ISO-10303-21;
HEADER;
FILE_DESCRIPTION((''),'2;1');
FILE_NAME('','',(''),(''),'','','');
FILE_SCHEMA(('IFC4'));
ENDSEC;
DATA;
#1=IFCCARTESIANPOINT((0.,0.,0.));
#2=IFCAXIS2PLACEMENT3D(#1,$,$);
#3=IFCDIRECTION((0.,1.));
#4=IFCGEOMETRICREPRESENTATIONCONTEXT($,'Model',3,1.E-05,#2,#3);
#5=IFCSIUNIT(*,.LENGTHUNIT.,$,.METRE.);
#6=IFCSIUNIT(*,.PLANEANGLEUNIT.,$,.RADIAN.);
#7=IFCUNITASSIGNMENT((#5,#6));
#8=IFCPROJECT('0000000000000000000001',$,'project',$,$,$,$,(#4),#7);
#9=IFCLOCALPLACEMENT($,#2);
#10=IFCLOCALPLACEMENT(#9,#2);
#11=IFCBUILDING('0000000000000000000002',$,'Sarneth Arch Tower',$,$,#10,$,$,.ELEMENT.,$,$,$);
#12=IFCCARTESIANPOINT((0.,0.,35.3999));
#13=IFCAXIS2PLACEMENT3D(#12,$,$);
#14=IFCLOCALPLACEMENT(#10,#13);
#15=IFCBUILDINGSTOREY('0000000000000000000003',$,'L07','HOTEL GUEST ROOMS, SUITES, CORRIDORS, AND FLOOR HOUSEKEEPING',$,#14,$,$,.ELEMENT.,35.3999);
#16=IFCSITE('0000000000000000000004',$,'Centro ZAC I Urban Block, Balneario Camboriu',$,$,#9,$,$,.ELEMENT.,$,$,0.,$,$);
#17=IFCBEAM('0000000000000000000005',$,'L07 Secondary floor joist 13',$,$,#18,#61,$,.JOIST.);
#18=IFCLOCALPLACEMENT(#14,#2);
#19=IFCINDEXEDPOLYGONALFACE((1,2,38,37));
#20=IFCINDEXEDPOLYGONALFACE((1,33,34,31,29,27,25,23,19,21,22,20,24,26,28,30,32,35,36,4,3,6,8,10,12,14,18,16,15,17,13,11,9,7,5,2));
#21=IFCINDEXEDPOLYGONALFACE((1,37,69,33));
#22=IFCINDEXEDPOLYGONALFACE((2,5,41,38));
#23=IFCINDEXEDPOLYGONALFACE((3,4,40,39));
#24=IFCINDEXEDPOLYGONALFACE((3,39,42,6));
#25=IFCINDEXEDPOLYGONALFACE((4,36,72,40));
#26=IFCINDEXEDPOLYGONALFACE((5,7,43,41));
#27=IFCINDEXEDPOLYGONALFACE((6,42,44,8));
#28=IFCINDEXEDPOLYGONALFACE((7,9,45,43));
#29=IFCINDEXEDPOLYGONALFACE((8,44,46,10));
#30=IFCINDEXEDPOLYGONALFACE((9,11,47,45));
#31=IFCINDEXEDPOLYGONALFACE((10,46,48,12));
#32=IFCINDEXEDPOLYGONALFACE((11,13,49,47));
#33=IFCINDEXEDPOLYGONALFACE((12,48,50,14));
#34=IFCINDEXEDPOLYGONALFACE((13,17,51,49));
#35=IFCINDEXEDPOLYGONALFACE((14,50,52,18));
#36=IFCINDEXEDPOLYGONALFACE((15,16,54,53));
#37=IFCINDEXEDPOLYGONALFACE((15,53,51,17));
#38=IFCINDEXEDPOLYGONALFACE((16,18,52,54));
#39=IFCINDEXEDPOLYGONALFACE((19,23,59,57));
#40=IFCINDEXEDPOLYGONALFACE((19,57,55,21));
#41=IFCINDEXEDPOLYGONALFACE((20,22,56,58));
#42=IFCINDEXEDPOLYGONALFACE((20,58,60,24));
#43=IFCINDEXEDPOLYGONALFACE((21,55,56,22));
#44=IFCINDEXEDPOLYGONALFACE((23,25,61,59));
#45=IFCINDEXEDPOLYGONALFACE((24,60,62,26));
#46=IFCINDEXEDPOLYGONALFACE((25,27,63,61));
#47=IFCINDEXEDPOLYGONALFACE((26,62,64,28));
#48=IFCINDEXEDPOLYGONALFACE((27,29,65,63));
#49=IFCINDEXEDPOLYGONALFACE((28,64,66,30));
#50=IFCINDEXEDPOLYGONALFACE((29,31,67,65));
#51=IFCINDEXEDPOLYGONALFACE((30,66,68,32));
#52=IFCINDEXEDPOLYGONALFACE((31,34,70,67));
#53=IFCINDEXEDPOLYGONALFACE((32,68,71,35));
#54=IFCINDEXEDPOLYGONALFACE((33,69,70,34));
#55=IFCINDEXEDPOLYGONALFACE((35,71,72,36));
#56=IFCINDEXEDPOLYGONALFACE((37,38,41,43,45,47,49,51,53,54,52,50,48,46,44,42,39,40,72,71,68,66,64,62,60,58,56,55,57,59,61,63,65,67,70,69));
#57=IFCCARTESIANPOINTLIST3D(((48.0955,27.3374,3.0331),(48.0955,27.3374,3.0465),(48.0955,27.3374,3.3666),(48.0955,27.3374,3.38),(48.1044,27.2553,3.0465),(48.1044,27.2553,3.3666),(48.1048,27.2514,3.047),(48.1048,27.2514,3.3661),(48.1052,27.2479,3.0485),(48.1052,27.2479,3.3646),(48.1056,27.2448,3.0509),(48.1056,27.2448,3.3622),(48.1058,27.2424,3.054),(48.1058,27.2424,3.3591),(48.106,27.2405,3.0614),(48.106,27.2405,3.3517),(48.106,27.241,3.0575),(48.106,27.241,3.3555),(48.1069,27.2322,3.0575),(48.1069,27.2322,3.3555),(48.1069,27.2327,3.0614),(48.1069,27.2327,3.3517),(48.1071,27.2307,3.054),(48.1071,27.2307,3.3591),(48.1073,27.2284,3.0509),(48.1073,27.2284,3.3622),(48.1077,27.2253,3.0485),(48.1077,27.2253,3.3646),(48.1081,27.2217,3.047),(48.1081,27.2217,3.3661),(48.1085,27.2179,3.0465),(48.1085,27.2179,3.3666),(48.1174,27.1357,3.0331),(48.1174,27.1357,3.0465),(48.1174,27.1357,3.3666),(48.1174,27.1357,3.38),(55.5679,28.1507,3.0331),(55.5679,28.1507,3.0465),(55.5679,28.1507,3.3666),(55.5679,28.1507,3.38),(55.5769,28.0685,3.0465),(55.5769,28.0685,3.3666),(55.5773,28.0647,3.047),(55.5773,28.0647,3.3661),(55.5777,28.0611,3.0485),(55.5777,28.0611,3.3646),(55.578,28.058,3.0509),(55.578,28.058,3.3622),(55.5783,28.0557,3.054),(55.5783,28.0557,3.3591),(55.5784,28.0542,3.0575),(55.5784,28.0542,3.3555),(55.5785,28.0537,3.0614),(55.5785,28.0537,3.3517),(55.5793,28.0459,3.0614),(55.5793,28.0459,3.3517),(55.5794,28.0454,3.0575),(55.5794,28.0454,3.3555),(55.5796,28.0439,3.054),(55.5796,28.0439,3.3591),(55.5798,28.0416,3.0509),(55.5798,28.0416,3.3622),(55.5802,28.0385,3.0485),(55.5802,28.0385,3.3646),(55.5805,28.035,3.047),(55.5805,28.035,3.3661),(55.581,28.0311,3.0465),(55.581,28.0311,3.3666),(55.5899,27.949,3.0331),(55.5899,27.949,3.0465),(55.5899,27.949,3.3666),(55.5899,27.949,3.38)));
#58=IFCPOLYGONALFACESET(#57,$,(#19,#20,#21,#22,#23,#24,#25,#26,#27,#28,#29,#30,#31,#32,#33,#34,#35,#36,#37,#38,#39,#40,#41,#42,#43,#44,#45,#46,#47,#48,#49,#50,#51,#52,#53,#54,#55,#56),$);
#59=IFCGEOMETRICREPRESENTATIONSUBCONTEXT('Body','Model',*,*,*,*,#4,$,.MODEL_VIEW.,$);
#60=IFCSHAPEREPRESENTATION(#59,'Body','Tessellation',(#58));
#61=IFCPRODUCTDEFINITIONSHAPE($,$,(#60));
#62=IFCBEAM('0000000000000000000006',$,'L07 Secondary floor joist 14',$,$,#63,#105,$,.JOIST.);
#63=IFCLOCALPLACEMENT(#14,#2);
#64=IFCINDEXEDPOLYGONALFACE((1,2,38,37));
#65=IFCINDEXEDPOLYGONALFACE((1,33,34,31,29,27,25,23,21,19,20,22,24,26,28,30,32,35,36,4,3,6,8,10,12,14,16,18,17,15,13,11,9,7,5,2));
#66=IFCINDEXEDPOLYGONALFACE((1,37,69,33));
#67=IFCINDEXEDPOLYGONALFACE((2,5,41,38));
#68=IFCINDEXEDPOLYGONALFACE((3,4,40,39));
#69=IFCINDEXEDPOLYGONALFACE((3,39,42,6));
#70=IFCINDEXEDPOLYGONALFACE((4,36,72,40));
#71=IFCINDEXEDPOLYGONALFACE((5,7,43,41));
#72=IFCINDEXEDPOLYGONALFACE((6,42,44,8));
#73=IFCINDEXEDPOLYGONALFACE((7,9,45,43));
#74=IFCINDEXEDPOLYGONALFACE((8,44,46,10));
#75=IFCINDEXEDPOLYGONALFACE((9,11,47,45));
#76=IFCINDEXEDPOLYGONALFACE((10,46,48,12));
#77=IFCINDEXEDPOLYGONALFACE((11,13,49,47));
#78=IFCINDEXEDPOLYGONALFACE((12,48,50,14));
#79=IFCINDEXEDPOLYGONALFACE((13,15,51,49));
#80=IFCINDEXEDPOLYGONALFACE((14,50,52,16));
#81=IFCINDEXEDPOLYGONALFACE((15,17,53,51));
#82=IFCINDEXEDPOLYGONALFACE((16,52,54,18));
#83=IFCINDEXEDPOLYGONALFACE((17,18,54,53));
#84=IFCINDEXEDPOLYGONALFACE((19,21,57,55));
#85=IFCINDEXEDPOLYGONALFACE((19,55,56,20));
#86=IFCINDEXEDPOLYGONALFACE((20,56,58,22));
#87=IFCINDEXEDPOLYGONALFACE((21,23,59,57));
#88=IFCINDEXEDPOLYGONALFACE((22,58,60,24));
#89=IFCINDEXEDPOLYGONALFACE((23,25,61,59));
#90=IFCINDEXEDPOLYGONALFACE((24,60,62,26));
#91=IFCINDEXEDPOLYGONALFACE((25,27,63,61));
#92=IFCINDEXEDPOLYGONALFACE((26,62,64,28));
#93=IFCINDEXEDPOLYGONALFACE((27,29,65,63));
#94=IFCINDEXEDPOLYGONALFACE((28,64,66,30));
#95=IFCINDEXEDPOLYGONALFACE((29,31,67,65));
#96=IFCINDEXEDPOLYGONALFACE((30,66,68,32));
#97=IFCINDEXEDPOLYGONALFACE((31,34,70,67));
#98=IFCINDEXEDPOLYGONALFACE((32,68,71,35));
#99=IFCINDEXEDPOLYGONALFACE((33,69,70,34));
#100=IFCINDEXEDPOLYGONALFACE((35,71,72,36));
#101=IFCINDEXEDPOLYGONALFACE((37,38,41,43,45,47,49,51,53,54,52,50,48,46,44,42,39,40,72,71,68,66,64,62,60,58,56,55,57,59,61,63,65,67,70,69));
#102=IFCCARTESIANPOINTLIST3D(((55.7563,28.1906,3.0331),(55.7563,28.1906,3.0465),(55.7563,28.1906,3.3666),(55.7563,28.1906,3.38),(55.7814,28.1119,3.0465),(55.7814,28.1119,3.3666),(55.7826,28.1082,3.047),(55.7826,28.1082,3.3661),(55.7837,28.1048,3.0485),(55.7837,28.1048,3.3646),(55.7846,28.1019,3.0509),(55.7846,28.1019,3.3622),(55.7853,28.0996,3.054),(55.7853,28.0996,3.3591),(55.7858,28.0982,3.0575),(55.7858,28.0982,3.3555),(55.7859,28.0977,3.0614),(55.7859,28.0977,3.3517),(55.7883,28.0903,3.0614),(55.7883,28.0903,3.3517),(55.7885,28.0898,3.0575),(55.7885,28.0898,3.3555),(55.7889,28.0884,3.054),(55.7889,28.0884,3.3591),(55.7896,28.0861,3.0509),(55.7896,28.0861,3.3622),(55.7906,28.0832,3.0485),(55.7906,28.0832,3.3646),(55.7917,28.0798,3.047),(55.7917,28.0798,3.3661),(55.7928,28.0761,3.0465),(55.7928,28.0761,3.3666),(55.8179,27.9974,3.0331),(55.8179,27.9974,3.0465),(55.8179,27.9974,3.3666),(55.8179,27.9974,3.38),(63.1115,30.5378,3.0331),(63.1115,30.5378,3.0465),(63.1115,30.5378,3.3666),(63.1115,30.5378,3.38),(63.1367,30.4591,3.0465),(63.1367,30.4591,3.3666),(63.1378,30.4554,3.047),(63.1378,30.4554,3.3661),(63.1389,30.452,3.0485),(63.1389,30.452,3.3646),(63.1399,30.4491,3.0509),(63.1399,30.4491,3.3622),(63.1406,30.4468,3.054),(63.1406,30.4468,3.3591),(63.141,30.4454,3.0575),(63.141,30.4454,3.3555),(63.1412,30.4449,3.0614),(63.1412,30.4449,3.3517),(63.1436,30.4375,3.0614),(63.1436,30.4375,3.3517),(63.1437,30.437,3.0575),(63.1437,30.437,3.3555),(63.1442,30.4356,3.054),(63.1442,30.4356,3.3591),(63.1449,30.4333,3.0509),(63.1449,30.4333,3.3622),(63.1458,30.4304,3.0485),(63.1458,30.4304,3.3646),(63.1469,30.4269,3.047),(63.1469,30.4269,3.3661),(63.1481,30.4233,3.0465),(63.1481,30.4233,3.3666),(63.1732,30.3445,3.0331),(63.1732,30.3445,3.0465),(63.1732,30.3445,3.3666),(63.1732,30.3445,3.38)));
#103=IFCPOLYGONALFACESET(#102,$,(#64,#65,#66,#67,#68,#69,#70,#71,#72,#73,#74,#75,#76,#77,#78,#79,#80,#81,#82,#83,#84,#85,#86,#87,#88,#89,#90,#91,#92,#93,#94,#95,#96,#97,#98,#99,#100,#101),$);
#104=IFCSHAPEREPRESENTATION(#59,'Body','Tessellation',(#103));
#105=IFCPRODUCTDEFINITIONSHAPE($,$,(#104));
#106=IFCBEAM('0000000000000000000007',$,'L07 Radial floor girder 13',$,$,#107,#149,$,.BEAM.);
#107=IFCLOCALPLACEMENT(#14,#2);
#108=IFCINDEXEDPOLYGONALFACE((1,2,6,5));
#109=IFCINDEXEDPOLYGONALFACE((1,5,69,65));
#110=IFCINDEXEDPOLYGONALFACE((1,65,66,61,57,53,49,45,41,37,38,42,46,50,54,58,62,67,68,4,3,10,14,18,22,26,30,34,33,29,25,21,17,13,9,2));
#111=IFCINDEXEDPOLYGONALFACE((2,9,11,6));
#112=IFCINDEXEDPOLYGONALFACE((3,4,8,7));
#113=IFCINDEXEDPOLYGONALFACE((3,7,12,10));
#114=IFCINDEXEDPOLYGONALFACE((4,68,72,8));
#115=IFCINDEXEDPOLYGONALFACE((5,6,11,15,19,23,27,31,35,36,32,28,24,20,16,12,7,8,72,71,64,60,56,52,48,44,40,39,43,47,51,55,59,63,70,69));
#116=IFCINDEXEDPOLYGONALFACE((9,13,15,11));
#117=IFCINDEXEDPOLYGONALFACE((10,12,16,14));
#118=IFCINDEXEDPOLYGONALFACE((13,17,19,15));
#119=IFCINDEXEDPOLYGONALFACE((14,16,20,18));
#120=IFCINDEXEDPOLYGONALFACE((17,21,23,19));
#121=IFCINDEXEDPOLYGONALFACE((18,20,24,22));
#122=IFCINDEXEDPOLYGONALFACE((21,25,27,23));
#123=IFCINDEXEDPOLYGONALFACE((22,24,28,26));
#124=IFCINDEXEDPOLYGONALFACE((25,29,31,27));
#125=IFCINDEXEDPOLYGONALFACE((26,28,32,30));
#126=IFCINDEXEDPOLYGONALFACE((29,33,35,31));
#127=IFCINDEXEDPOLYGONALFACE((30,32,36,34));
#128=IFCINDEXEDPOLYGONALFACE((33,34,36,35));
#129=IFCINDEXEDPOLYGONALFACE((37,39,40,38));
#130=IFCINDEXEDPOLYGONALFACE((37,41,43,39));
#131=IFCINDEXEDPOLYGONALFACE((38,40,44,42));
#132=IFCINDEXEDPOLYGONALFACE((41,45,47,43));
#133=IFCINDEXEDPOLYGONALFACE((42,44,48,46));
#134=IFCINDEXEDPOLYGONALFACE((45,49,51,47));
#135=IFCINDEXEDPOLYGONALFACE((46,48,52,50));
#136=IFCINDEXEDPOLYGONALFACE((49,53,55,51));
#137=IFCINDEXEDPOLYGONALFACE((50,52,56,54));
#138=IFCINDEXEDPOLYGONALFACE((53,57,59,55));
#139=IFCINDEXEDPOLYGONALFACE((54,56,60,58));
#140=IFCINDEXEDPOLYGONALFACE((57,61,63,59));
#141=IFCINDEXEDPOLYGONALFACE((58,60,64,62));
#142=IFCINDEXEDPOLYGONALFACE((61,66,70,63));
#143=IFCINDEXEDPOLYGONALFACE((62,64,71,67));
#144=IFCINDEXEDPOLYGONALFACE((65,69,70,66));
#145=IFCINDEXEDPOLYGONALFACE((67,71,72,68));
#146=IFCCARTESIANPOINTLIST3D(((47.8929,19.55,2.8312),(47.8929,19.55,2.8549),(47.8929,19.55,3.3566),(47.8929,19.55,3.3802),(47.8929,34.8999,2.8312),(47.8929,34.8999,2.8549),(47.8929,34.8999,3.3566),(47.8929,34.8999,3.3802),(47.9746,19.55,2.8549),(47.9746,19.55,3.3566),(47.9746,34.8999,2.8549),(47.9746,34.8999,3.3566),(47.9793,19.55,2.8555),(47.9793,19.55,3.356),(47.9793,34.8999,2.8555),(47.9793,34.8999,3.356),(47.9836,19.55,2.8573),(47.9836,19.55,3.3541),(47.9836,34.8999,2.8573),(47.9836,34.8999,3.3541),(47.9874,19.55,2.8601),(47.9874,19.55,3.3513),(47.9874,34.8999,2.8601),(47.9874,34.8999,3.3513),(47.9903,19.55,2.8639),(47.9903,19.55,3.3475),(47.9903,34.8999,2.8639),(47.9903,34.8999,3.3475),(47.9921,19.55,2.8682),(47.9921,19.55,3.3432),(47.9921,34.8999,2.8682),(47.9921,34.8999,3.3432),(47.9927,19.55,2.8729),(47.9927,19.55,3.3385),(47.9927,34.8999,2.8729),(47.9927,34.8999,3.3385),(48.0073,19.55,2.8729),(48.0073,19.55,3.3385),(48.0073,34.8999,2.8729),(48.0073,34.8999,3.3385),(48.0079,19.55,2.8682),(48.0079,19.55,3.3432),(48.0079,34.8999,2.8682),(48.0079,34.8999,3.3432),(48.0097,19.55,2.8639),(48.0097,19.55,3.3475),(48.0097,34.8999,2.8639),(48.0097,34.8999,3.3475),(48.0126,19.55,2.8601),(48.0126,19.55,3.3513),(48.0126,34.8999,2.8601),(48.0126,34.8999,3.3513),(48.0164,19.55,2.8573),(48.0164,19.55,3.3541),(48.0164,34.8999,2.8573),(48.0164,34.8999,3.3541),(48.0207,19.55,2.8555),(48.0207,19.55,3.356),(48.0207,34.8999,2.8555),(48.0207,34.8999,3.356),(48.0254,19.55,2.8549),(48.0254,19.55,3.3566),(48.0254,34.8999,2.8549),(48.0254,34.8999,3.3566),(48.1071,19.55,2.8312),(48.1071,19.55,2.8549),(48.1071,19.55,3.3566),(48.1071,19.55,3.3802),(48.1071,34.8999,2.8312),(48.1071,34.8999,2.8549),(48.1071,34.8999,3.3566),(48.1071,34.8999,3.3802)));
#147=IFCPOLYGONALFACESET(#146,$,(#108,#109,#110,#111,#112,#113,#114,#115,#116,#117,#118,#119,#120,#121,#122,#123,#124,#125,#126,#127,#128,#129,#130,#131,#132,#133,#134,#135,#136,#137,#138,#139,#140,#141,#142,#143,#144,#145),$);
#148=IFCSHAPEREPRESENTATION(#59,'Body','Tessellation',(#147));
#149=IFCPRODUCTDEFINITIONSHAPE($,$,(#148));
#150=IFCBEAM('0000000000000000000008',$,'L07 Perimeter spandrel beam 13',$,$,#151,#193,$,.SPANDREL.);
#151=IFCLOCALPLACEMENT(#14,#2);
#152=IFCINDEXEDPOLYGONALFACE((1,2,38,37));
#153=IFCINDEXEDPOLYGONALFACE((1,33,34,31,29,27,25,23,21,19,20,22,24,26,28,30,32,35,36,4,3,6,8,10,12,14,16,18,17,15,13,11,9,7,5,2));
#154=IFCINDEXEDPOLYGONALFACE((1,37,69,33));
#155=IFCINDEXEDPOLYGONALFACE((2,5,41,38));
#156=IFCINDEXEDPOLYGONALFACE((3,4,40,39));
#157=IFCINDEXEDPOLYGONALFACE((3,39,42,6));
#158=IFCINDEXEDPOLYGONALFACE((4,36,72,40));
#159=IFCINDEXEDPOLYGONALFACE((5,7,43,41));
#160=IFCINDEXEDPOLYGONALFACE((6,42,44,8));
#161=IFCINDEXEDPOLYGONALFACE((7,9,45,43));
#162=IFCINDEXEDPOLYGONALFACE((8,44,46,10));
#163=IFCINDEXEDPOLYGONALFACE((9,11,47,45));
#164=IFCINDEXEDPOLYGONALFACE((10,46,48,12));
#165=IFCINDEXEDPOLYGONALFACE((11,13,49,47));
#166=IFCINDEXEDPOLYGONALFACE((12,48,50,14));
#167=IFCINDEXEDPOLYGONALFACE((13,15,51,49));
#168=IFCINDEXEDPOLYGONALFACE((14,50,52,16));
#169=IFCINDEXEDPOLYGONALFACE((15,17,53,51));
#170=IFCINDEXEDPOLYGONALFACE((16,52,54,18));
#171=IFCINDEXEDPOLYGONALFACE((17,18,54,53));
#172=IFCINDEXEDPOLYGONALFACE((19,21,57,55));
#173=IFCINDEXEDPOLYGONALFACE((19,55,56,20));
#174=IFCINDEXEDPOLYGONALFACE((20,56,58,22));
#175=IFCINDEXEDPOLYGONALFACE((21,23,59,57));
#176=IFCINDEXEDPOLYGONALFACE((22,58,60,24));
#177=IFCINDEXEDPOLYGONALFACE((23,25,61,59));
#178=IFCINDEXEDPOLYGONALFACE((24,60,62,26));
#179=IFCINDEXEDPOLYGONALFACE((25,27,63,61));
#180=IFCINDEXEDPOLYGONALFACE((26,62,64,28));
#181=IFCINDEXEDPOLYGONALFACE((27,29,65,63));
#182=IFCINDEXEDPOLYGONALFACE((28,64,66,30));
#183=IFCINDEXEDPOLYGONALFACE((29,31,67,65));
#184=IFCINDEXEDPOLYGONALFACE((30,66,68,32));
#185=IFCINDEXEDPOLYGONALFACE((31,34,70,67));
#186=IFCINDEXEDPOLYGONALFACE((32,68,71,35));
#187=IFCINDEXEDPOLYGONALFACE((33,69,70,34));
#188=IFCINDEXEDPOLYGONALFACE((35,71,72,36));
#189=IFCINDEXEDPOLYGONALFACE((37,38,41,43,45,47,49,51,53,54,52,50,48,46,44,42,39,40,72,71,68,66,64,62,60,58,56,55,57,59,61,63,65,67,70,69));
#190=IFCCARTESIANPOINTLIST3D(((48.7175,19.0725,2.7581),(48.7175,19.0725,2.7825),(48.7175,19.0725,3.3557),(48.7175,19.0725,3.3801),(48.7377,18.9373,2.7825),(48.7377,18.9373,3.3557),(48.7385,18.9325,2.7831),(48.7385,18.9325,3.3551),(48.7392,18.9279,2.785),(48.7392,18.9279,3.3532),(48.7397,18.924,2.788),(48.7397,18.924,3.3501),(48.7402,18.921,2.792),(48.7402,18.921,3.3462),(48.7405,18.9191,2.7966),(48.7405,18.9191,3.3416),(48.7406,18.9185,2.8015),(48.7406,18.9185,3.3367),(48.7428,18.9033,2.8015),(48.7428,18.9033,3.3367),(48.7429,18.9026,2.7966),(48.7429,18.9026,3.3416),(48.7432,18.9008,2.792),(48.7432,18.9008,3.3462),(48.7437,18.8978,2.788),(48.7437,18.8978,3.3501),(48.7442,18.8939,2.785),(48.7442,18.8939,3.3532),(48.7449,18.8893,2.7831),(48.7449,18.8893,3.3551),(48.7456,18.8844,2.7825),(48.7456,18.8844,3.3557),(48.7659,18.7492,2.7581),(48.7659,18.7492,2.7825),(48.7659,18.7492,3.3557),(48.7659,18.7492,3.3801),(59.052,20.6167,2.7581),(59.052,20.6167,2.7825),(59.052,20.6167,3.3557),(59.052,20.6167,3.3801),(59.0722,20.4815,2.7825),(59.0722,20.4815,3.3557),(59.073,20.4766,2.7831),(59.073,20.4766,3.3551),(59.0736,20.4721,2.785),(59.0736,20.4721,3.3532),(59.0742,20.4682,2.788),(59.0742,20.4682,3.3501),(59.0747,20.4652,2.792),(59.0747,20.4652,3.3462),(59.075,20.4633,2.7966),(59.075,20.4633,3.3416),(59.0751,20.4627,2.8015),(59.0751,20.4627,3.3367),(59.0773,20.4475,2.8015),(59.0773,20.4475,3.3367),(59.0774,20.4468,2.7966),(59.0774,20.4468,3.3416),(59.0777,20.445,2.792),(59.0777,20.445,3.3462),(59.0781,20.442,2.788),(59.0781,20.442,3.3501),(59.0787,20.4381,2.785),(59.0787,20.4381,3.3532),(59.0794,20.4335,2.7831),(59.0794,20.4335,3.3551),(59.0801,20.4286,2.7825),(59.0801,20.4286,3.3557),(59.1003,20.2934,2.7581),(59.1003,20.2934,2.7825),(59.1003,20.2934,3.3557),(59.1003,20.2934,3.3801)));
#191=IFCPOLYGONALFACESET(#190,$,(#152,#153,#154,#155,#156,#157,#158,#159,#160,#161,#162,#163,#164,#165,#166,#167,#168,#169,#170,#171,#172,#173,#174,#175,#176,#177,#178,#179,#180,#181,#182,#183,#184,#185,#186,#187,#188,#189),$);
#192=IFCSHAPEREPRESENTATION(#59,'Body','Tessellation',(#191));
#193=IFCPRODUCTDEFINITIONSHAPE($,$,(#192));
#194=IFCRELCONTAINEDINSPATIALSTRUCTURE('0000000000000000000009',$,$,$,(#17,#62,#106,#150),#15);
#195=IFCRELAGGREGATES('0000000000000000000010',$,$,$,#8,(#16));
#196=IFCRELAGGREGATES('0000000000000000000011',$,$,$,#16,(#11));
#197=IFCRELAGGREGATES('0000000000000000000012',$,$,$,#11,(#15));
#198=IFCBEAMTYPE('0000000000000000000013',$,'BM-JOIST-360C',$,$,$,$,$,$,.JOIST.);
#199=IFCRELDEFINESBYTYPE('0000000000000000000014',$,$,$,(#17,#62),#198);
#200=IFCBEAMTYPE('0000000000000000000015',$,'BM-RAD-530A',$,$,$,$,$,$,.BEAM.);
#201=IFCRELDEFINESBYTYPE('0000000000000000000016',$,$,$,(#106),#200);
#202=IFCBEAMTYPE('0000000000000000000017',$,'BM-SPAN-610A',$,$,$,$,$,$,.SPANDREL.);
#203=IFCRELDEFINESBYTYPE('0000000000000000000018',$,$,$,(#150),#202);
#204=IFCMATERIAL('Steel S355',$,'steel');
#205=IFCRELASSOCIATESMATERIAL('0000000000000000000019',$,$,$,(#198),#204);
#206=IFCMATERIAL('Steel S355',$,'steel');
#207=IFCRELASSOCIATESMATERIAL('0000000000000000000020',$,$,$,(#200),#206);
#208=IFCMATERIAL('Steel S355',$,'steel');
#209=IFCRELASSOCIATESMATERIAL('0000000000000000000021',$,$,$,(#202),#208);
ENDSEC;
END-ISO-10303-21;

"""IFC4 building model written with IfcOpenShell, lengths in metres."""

from ifc_helpers import new_model, si_unit, direction, frame, origin, origin_2d, place, context, subcontext, project, spatial, i_section, extrude, material, material_profile, profile_set, type_object, element, save


model = new_model("IFC4")

# Units and contexts
model_context = context("Model", 3, precision=1e-05, world=origin(), true_north=direction((0.0, 1.0)))
body_context = subcontext(model_context, "Body", "Model", "MODEL_VIEW")
ifc_project = project(units=[si_unit("LENGTHUNIT", "METRE"), si_unit("PLANEANGLEUNIT", "RADIAN")], contexts=[model_context])

# Site, building, storey
site_placement = place(None, origin())
site = spatial("IfcSite", under=ifc_project, at=site_placement, Name="Centro ZAC I Urban Block, Balneario Camboriu", CompositionType="ELEMENT", RefElevation=0.0)
building_placement = place(site_placement, origin())
building = spatial("IfcBuilding", under=site, at=building_placement, Name="Sarneth Arch Tower", CompositionType="ELEMENT")
storey_placement = place(building_placement, frame((0.0, 0.0, 35.3999)))
storey = spatial("IfcBuildingStorey", under=building, at=storey_placement, Name="L07", Description="HOTEL GUEST ROOMS, SUITES, CORRIDORS, AND FLOOR HOUSEKEEPING", CompositionType="ELEMENT", Elevation=35.3999)

# Beams
ifc_material_1 = material(Name="Steel S355", Category="steel")
ifc_material_profile_1 = material_profile(ifc_material_1, i_section(OverallWidth=0.2029, OverallDepth=0.3469, WebThickness=0.0078, FlangeThickness=0.0134, FilletRadius=0.0149, at=origin_2d()), Name="W360x64")
ifc_profile_set_1 = profile_set([ifc_material_profile_1], Name="Steel S355")
beam_type_1 = type_object("IfcBeamType", Name="BM-JOIST-360C", PredefinedType="JOIST", material=ifc_profile_set_1)
beam_1_placement = place(storey_placement, frame((48.1064, 27.2366, 3.2065), z_axis=(0.99413, 0.108192, 0.0), x_axis=(-0.108192, 0.99413, 0.0)))
element("IfcBeam", 1, at=beam_1_placement, inside=storey, type_object=beam_type_1, Name="L07 Secondary floor joist 13", PredefinedType="JOIST", context=body_context, shape_type="SweptSolid", body=[
    extrude(i_section(OverallWidth=0.2029, OverallDepth=0.3469, WebThickness=0.0078, FlangeThickness=0.0134, FilletRadius=0.0149, at=origin_2d()), origin(), (0.0, 0.0, 1.0), 7.5166),
])
beam_2_placement = place(storey_placement, frame((55.7871, 28.094, 3.2065), z_axis=(0.952668, 0.304011, 0.0), x_axis=(-0.304011, 0.952668, 0.0)))
element("IfcBeam", 2, at=beam_2_placement, inside=storey, type_object=beam_type_1, Name="L07 Secondary floor joist 14", PredefinedType="JOIST", context=body_context, shape_type="SweptSolid", body=[
    extrude(i_section(OverallWidth=0.2029, OverallDepth=0.3469, WebThickness=0.0078, FlangeThickness=0.0134, FilletRadius=0.0149, at=origin_2d()), origin(), (0.0, 0.0, 1.0), 7.7207),
])
ifc_material_2 = material(Name="Steel S355", Category="steel")
ifc_material_profile_2 = material_profile(ifc_material_2, i_section(OverallWidth=0.2141, OverallDepth=0.5491, WebThickness=0.0146, FlangeThickness=0.0237, FilletRadius=0.0181, at=origin_2d()), Name="W530x138")
ifc_profile_set_2 = profile_set([ifc_material_profile_2], Name="Steel S355")
beam_type_2 = type_object("IfcBeamType", Name="BM-RAD-530A", PredefinedType="BEAM", material=ifc_profile_set_2)
beam_3_placement = place(storey_placement, frame((48.0, 34.8999, 3.1057), z_axis=(0.0, -1.0, 0.0), x_axis=(1.0, 0.0, 0.0)))
element("IfcBeam", 3, at=beam_3_placement, inside=storey, type_object=beam_type_2, Name="L07 Radial floor girder 13", PredefinedType="BEAM", context=body_context, shape_type="SweptSolid", body=[
    extrude(i_section(OverallWidth=0.2141, OverallDepth=0.5491, WebThickness=0.0146, FlangeThickness=0.0237, FilletRadius=0.0181, at=origin_2d()), origin(), (0.0, 0.0, 1.0), 15.3499),
])
ifc_material_3 = material(Name="Steel S355", Category="steel")
ifc_material_profile_3 = material_profile(ifc_material_3, i_section(OverallWidth=0.3269, OverallDepth=0.6221, WebThickness=0.0154, FlangeThickness=0.0244, FilletRadius=0.019, at=origin_2d()), Name="W610x195")
ifc_profile_set_3 = profile_set([ifc_material_profile_3], Name="Steel S355")
beam_type_3 = type_object("IfcBeamType", Name="BM-SPAN-610A", PredefinedType="SPANDREL", material=ifc_profile_set_3)
beam_4_placement = place(storey_placement, frame((48.7417, 18.9109, 3.0691), z_axis=(0.98902, 0.147781, 0.0), x_axis=(-0.147781, 0.98902, 0.0)))
element("IfcBeam", 4, at=beam_4_placement, inside=storey, type_object=beam_type_3, Name="L07 Perimeter spandrel beam 13", PredefinedType="SPANDREL", context=body_context, shape_type="SweptSolid", body=[
    extrude(i_section(OverallWidth=0.3269, OverallDepth=0.6221, WebThickness=0.0154, FlangeThickness=0.0244, FilletRadius=0.019, at=origin_2d()), origin(), (0.0, 0.0, 1.0), 10.4492),
])

save(model, "model.ifc")
